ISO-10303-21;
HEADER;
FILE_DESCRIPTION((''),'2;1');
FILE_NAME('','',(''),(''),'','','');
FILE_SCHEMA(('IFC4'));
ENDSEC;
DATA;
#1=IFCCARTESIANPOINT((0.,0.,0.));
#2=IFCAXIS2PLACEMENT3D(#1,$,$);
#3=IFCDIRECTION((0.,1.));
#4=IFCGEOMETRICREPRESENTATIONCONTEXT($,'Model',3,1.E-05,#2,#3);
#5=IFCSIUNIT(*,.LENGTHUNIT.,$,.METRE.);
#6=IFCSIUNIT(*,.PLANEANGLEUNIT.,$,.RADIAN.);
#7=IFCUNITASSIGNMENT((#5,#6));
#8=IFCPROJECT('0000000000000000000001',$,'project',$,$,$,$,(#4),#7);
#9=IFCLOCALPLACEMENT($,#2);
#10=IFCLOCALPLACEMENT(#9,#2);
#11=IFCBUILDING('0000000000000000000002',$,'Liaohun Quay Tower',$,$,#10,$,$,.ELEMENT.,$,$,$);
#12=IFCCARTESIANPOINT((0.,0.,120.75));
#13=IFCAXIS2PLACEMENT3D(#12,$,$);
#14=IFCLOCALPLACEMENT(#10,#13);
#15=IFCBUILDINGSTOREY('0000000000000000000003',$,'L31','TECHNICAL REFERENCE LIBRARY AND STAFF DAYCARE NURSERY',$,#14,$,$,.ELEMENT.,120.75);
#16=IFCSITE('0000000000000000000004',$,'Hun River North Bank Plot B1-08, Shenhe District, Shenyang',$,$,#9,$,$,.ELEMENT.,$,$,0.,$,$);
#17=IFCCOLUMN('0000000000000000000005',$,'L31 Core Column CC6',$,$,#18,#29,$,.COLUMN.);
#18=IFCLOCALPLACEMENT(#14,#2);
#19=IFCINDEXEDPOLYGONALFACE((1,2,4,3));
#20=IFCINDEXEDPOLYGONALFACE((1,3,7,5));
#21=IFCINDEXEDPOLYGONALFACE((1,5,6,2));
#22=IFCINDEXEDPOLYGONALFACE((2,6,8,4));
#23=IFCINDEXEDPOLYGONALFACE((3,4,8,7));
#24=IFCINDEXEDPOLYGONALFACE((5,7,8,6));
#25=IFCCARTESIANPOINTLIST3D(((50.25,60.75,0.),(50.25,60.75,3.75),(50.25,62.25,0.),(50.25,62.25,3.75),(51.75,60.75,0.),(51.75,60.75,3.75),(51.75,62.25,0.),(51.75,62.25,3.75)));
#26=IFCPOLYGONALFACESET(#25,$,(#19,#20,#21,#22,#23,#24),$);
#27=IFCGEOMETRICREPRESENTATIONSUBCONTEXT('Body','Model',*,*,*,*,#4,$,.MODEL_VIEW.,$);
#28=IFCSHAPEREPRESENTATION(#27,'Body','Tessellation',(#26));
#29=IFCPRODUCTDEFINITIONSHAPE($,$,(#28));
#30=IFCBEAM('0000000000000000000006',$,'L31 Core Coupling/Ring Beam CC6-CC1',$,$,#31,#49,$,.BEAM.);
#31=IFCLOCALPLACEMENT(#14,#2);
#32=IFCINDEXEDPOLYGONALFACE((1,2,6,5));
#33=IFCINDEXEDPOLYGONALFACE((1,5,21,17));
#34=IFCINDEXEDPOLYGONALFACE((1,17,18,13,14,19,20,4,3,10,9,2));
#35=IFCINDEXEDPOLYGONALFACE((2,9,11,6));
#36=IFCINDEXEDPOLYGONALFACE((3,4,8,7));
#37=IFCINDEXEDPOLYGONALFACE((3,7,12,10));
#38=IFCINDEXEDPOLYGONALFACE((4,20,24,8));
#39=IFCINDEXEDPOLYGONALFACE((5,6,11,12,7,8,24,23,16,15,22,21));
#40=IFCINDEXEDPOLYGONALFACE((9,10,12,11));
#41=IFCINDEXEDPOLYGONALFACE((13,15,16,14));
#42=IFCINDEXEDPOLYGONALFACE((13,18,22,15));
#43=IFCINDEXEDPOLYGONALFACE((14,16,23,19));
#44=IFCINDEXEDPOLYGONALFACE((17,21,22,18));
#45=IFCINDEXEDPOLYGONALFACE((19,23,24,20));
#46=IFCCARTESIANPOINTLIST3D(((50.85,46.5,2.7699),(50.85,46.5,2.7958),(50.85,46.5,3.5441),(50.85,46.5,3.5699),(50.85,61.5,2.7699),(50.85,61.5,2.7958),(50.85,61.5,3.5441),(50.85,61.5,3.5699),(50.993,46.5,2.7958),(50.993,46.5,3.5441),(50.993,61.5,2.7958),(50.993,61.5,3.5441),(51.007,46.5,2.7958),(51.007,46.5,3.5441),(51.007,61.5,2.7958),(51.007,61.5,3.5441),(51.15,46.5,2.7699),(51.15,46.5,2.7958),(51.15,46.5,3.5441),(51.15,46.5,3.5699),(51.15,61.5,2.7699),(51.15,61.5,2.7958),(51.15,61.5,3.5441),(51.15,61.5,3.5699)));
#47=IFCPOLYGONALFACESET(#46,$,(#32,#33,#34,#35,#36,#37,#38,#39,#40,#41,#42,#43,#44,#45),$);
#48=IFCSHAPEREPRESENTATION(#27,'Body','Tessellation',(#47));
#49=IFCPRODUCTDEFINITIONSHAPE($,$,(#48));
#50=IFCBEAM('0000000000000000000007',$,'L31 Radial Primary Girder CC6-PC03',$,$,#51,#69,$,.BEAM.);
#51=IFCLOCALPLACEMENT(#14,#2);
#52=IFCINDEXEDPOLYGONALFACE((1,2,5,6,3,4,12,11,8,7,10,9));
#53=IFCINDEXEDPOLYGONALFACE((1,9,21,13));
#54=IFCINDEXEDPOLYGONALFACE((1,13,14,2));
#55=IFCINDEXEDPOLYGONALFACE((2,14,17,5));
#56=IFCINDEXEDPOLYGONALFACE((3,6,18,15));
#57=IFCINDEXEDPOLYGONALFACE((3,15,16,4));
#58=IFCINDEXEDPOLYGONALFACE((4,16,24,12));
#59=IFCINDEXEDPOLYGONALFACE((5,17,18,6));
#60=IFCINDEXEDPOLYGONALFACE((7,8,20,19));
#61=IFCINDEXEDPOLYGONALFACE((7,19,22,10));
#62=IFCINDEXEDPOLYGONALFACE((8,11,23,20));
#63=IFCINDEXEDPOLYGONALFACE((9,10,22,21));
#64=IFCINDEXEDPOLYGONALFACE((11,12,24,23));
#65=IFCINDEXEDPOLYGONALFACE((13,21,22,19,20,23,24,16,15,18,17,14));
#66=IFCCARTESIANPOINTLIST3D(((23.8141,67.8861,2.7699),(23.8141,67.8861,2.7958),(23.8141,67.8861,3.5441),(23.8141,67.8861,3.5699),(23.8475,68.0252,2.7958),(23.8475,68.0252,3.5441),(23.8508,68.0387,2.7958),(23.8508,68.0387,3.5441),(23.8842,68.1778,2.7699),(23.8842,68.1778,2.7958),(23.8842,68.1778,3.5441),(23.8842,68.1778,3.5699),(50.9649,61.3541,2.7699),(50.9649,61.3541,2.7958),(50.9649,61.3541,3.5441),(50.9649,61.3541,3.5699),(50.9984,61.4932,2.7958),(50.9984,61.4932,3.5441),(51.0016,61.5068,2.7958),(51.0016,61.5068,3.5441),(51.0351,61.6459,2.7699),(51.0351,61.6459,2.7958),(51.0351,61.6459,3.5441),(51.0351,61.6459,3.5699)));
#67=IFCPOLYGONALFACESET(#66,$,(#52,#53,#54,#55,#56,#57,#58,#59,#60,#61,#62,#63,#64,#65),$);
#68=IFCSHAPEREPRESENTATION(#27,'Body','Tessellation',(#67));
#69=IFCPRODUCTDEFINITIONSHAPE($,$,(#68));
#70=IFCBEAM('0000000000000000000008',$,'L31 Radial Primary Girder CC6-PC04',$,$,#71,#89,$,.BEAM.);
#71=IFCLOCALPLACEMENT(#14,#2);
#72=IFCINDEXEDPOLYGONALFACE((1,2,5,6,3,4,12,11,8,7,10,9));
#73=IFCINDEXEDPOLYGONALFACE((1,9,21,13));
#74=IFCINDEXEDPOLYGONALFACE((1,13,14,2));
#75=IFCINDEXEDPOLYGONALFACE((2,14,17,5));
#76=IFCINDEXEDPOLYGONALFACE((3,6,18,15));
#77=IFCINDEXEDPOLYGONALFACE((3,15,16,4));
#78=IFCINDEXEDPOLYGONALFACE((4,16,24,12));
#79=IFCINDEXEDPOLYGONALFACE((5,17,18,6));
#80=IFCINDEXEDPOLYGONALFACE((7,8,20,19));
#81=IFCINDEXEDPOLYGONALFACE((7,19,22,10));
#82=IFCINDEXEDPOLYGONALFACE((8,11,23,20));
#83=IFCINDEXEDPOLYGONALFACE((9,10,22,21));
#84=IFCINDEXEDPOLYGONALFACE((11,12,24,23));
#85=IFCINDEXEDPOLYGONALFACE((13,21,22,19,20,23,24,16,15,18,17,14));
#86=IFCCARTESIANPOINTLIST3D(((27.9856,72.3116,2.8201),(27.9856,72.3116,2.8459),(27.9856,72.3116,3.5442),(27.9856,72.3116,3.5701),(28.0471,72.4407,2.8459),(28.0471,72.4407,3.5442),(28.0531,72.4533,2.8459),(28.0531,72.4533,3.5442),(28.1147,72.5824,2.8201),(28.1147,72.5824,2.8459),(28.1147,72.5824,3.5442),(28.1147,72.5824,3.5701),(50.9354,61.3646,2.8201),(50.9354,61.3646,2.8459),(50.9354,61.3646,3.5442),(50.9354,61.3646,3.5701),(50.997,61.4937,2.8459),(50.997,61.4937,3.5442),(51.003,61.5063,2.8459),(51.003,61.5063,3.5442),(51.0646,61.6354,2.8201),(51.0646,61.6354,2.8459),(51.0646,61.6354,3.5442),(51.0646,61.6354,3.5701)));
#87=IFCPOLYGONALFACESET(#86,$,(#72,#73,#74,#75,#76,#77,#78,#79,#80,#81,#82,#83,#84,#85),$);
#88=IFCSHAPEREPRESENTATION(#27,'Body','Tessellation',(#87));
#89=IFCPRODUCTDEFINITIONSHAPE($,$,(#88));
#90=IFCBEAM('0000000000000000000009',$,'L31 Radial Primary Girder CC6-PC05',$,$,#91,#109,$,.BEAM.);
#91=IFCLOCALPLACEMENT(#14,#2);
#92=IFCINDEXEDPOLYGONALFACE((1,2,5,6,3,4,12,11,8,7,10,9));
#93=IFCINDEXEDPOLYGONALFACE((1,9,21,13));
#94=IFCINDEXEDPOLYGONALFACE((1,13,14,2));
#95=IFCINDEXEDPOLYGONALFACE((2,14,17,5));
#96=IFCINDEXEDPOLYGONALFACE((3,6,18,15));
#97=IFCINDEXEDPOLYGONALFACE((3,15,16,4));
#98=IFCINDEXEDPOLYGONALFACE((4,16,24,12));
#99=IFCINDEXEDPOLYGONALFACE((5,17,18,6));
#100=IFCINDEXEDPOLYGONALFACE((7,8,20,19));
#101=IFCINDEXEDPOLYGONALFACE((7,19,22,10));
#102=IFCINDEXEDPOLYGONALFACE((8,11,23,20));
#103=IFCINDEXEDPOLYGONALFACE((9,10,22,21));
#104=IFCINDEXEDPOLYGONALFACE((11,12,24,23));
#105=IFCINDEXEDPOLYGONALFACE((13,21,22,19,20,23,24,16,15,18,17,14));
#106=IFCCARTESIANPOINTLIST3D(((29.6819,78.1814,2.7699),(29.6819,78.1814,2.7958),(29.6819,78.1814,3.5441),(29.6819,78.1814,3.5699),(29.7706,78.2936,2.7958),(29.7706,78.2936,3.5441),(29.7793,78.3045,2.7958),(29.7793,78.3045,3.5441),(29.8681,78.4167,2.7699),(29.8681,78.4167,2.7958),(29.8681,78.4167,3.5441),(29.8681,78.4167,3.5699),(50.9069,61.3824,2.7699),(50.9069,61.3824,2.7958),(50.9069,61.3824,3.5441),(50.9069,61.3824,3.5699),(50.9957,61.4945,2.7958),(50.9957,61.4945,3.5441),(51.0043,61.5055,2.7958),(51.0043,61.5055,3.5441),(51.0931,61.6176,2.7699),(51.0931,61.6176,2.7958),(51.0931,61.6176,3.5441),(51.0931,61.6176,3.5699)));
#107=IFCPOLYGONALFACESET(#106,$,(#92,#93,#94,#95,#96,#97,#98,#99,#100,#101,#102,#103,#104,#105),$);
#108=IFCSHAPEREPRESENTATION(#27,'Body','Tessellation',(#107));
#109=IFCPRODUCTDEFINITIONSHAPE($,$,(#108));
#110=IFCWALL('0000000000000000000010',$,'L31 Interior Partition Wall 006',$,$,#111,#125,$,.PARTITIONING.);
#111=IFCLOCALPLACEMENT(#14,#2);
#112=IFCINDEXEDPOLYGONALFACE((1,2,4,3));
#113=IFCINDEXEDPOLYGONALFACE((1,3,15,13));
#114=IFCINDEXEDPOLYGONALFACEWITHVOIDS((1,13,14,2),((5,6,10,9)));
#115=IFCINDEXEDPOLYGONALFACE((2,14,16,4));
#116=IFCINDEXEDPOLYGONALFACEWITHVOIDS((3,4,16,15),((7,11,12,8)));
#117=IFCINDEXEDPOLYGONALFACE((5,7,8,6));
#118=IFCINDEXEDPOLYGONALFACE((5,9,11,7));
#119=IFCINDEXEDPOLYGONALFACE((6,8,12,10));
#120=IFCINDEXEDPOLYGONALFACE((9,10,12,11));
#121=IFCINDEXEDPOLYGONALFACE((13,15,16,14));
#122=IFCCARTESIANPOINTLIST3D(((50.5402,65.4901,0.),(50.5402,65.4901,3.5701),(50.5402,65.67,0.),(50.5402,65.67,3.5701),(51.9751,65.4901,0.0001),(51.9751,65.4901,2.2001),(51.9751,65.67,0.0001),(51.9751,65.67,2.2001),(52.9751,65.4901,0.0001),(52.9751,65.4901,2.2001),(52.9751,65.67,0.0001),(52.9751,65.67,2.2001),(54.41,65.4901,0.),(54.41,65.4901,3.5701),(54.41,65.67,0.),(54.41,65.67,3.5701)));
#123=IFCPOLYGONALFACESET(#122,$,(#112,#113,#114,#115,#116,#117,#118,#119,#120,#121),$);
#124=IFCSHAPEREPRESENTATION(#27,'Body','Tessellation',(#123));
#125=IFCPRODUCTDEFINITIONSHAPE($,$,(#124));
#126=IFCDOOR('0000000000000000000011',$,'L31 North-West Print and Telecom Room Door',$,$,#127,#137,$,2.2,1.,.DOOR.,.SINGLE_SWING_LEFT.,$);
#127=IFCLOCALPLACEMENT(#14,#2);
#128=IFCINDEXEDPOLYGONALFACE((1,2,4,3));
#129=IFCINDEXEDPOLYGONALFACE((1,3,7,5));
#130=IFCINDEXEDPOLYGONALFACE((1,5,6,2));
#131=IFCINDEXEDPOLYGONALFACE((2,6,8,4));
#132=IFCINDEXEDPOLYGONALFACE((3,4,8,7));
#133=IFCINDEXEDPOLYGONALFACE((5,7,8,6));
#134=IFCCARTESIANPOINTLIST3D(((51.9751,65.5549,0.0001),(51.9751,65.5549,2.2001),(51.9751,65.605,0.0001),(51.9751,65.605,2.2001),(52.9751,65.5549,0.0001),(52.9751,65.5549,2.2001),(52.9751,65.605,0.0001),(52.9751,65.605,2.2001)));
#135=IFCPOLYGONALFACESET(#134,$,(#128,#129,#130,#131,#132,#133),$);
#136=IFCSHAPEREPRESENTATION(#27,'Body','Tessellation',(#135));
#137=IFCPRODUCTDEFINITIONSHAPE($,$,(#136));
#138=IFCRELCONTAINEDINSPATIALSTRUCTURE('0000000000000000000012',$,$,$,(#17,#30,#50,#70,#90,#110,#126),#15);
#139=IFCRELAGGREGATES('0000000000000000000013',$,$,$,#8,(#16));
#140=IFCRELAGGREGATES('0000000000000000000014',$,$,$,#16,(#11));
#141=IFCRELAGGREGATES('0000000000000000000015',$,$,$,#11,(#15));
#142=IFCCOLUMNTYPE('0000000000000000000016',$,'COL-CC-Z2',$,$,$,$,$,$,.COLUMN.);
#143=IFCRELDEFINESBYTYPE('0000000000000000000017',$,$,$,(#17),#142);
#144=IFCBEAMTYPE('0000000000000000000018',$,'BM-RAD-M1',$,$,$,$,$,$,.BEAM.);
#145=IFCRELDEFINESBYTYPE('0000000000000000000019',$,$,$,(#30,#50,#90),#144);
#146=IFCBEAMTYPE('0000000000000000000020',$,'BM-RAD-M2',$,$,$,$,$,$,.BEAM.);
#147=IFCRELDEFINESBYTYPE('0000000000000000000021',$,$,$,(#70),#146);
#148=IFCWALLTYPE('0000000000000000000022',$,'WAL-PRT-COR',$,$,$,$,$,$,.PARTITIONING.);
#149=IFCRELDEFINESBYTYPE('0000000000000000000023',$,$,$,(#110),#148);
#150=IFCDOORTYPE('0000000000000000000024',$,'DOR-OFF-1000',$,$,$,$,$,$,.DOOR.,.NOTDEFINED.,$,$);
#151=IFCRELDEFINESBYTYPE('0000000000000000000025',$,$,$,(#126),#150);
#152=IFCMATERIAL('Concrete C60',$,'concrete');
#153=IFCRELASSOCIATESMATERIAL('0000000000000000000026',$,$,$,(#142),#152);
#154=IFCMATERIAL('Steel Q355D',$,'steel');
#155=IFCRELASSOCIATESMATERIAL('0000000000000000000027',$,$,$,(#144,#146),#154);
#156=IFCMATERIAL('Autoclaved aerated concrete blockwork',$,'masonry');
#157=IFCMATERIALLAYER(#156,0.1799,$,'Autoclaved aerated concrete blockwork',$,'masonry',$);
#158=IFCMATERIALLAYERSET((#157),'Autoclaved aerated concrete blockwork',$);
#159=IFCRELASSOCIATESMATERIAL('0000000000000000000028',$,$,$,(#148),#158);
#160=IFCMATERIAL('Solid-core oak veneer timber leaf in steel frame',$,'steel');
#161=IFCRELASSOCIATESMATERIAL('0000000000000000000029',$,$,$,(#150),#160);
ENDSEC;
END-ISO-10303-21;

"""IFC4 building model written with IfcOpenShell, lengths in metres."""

from ifc_helpers import new_model, si_unit, direction, frame, frame_2d, origin, origin_2d, place, context, subcontext, project, spatial, rectangle, i_section, extrude, source, transform, mapped, material, layer, layer_set, material_profile, profile_set, type_object, element, fill, save


model = new_model("IFC4")

# Units and contexts
model_context = context("Model", 3, precision=1e-05, world=origin(), true_north=direction((0.0, 1.0)))
body_context = subcontext(model_context, "Body", "Model", "MODEL_VIEW")
ifc_project = project(units=[si_unit("LENGTHUNIT", "METRE"), si_unit("PLANEANGLEUNIT", "RADIAN")], contexts=[model_context])

# Site, building, storey
site_placement = place(None, origin())
site = spatial("IfcSite", under=ifc_project, at=site_placement, Name="Hun River North Bank Plot B1-08, Shenhe District, Shenyang", CompositionType="ELEMENT", RefElevation=0.0)
building_placement = place(site_placement, origin())
building = spatial("IfcBuilding", under=site, at=building_placement, Name="Liaohun Quay Tower", CompositionType="ELEMENT")
storey_placement = place(building_placement, frame((0.0, 0.0, 120.75)))
storey = spatial("IfcBuildingStorey", under=building, at=storey_placement, Name="L31", Description="TECHNICAL REFERENCE LIBRARY AND STAFF DAYCARE NURSERY", CompositionType="ELEMENT", Elevation=120.75)

# Column
ifc_material_1 = material(Name="Concrete C60", Category="concrete")
ifc_material_profile_1 = material_profile(ifc_material_1, rectangle(XDim=1.5, YDim=1.5, at=origin_2d()), Name="RC1500x1500")
ifc_profile_set_1 = profile_set([ifc_material_profile_1], Name="Concrete C60")
column_type = type_object("IfcColumnType", Name="COL-CC-Z2", PredefinedType="COLUMN", material=ifc_profile_set_1)
shared_shape_1 = source(origin(), body_context, "Body", "SweptSolid", [
    extrude(rectangle(XDim=1.5, YDim=1.5, at=origin_2d()), origin(), (0.0, 0.0, 1.0), 3.75),
])
column_placement = place(storey_placement, frame((51.0, 61.5, 0.0), z_axis=(0.0, 0.0, 1.0), x_axis=(1.0, 0.0, 0.0)))
element("IfcColumn", 1, at=column_placement, inside=storey, type_object=column_type, Name="L31 Core Column CC6", PredefinedType="COLUMN", context=body_context, shape_type="MappedRepresentation", body=[
    mapped(shared_shape_1, transform((0.0, 0.0, 0.0), x_axis=(1.0, 0.0, 0.0), y_axis=(0.0, 1.0, 0.0), z_axis=(0.0, 0.0, 1.0), scale=1.0)),
])

# Beams
ifc_material_2 = material(Name="Steel Q355D", Category="steel")
ifc_material_profile_2 = material_profile(ifc_material_2, i_section(OverallWidth=0.3, OverallDepth=0.8, WebThickness=0.0139, FlangeThickness=0.0259, at=origin_2d()), Name="HN800x300x14x26")
ifc_profile_set_2 = profile_set([ifc_material_profile_2], Name="Steel Q355D")
beam_type_1 = type_object("IfcBeamType", Name="BM-RAD-M1", PredefinedType="BEAM", material=ifc_profile_set_2)
shared_shape_2 = source(origin(), body_context, "Body", "SweptSolid", [
    extrude(i_section(OverallWidth=0.3, OverallDepth=0.8, WebThickness=0.0139, FlangeThickness=0.0259, at=origin_2d()), origin(), (0.0, 0.0, 1.0), 15.0),
])
beam_1_placement = place(storey_placement, frame((51.0, 61.5, 3.1699), z_axis=(0.0, -1.0, 0.0), x_axis=(1.0, 0.0, 0.0)))
element("IfcBeam", 2, at=beam_1_placement, inside=storey, type_object=beam_type_1, Name="L31 Core Coupling/Ring Beam CC6-CC1", PredefinedType="BEAM", context=body_context, shape_type="MappedRepresentation", body=[
    mapped(shared_shape_2, transform((0.0, 0.0, 0.0), x_axis=(1.0, 0.0, 0.0), y_axis=(0.0, 1.0, 0.0), z_axis=(0.0, 0.0, 1.0), scale=1.0)),
])
shared_shape_3 = source(origin(), body_context, "Body", "SweptSolid", [
    extrude(i_section(OverallWidth=0.3, OverallDepth=0.8, WebThickness=0.0139, FlangeThickness=0.0259, at=origin_2d()), origin(), (0.0, 0.0, 1.0), 27.9255),
])
beam_2_placement = place(storey_placement, frame((51.0, 61.5, 3.1699), z_axis=(-0.972259, 0.233907, 0.0), x_axis=(-0.233907, -0.972259, 0.0)))
element("IfcBeam", 3, at=beam_2_placement, inside=storey, type_object=beam_type_1, Name="L31 Radial Primary Girder CC6-PC03", PredefinedType="BEAM", context=body_context, shape_type="MappedRepresentation", body=[
    mapped(shared_shape_3, transform((0.0, 0.0, 0.0), x_axis=(1.0, 0.0, 0.0), y_axis=(0.0, 1.0, 0.0), z_axis=(0.0, 0.0, 1.0), scale=1.0)),
])
ifc_material_profile_3 = material_profile(ifc_material_2, i_section(OverallWidth=0.3, OverallDepth=0.75, WebThickness=0.0139, FlangeThickness=0.0259, at=origin_2d()), Name="HN750x300x14x26")
ifc_profile_set_3 = profile_set([ifc_material_profile_3], Name="Steel Q355D")
beam_type_2 = type_object("IfcBeamType", Name="BM-RAD-M2", PredefinedType="BEAM", material=ifc_profile_set_3)
shared_shape_4 = source(origin(), body_context, "Body", "SweptSolid", [
    extrude(i_section(OverallWidth=0.3, OverallDepth=0.75, WebThickness=0.0139, FlangeThickness=0.0259, at=origin_2d()), origin(), (0.0, 0.0, 1.0), 25.427),
])
beam_3_placement = place(storey_placement, frame((51.0, 61.5, 3.1951), z_axis=(-0.902578, 0.430526, 0.0), x_axis=(-0.430526, -0.902578, 0.0)))
element("IfcBeam", 4, at=beam_3_placement, inside=storey, type_object=beam_type_2, Name="L31 Radial Primary Girder CC6-PC04", PredefinedType="BEAM", context=body_context, shape_type="MappedRepresentation", body=[
    mapped(shared_shape_4, transform((0.0, 0.0, 0.0), x_axis=(1.0, 0.0, 0.0), y_axis=(0.0, 1.0, 0.0), z_axis=(0.0, 0.0, 1.0), scale=1.0)),
])
shared_shape_5 = source(origin(), body_context, "Body", "SweptSolid", [
    extrude(i_section(OverallWidth=0.3, OverallDepth=0.8, WebThickness=0.0139, FlangeThickness=0.0259, at=origin_2d()), origin(), (0.0, 0.0, 1.0), 27.0686),
])
beam_4_placement = place(storey_placement, frame((51.0, 61.5, 3.1699), z_axis=(-0.78412, 0.620609, 0.0), x_axis=(-0.620609, -0.78412, 0.0)))
element("IfcBeam", 5, at=beam_4_placement, inside=storey, type_object=beam_type_1, Name="L31 Radial Primary Girder CC6-PC05", PredefinedType="BEAM", context=body_context, shape_type="MappedRepresentation", body=[
    mapped(shared_shape_5, transform((0.0, 0.0, 0.0), x_axis=(1.0, 0.0, 0.0), y_axis=(0.0, 1.0, 0.0), z_axis=(0.0, 0.0, 1.0), scale=1.0)),
])

# Wall, opening, door
ifc_material_3 = material(Name="Autoclaved aerated concrete blockwork", Category="masonry")
ifc_layer_1 = layer(ifc_material_3, 0.1799, Name="Autoclaved aerated concrete blockwork", Category="masonry")
ifc_layer_set_1 = layer_set([ifc_layer_1], Name="Autoclaved aerated concrete blockwork")
wall_type_1 = type_object("IfcWallType", Name="WAL-PRT-COR", PredefinedType="PARTITIONING", material=ifc_layer_set_1)
wall_1_placement = place(storey_placement, frame((50.54, 65.5801, 0.0), z_axis=(0.0, 0.0, 1.0), x_axis=(1.0, 0.0, 0.0)))
wall_1 = element("IfcWall", 6, at=wall_1_placement, inside=storey, type_object=wall_type_1, Name="L31 Interior Partition Wall 006", PredefinedType="PARTITIONING", context=body_context, shape_type="SweptSolid", body=[
    extrude(rectangle(XDim=3.8699, YDim=0.1799, at=frame_2d((1.9351, 0.0))), origin(), (0.0, 0.0, 1.0), 3.5701),
])
shared_shape_6 = source(origin(), body_context, "Body", "SweptSolid", [
    extrude(rectangle(XDim=1.0, YDim=2.2, at=frame_2d((0.5, 1.1001))), frame((0.0, 0.0999, 0.0), z_axis=(0.0, -1.0, 0.0), x_axis=(1.0, 0.0, 0.0)), (0.0, 0.0, 1.0), 0.2),
])
opening_1_placement = place(wall_1_placement, frame((1.4351, 0.0, 0.0)))
opening_1 = element("IfcOpeningElement", 7, at=opening_1_placement, cuts=wall_1, PredefinedType="OPENING", context=body_context, shape_type="MappedRepresentation", body=[
    mapped(shared_shape_6, transform((0.0, 0.0, 0.0), x_axis=(1.0, 0.0, 0.0), y_axis=(0.0, 1.0, 0.0), z_axis=(0.0, 0.0, 1.0), scale=1.0)),
])
ifc_material_4 = material(Name="Solid-core oak veneer timber leaf in steel frame", Category="steel")
door_type_1 = type_object("IfcDoorType", Name="DOR-OFF-1000", OperationType="NOTDEFINED", PredefinedType="DOOR", material=ifc_material_4)
shared_shape_7 = source(origin(), body_context, "Body", "SweptSolid", [
    extrude(rectangle(XDim=1.0, YDim=2.2, at=frame_2d((0.5, 1.1001))), frame((0.0, 0.0249, 0.0), z_axis=(0.0, -1.0, 0.0), x_axis=(1.0, 0.0, 0.0)), (0.0, 0.0, 1.0), 0.05),
])
door_1_placement = place(opening_1_placement, origin())
door_1 = element("IfcDoor", 8, at=door_1_placement, inside=storey, type_object=door_type_1, Name="L31 North-West Print and Telecom Room Door", OperationType="SINGLE_SWING_LEFT", OverallHeight=2.2, OverallWidth=1.0, PredefinedType="DOOR", context=body_context, shape_type="MappedRepresentation", body=[
    mapped(shared_shape_7, transform((0.0, 0.0, 0.0), x_axis=(1.0, 0.0, 0.0), y_axis=(0.0, 1.0, 0.0), z_axis=(0.0, 0.0, 1.0), scale=1.0)),
])
fill(opening_1, door_1)

save(model, "model.ifc")
